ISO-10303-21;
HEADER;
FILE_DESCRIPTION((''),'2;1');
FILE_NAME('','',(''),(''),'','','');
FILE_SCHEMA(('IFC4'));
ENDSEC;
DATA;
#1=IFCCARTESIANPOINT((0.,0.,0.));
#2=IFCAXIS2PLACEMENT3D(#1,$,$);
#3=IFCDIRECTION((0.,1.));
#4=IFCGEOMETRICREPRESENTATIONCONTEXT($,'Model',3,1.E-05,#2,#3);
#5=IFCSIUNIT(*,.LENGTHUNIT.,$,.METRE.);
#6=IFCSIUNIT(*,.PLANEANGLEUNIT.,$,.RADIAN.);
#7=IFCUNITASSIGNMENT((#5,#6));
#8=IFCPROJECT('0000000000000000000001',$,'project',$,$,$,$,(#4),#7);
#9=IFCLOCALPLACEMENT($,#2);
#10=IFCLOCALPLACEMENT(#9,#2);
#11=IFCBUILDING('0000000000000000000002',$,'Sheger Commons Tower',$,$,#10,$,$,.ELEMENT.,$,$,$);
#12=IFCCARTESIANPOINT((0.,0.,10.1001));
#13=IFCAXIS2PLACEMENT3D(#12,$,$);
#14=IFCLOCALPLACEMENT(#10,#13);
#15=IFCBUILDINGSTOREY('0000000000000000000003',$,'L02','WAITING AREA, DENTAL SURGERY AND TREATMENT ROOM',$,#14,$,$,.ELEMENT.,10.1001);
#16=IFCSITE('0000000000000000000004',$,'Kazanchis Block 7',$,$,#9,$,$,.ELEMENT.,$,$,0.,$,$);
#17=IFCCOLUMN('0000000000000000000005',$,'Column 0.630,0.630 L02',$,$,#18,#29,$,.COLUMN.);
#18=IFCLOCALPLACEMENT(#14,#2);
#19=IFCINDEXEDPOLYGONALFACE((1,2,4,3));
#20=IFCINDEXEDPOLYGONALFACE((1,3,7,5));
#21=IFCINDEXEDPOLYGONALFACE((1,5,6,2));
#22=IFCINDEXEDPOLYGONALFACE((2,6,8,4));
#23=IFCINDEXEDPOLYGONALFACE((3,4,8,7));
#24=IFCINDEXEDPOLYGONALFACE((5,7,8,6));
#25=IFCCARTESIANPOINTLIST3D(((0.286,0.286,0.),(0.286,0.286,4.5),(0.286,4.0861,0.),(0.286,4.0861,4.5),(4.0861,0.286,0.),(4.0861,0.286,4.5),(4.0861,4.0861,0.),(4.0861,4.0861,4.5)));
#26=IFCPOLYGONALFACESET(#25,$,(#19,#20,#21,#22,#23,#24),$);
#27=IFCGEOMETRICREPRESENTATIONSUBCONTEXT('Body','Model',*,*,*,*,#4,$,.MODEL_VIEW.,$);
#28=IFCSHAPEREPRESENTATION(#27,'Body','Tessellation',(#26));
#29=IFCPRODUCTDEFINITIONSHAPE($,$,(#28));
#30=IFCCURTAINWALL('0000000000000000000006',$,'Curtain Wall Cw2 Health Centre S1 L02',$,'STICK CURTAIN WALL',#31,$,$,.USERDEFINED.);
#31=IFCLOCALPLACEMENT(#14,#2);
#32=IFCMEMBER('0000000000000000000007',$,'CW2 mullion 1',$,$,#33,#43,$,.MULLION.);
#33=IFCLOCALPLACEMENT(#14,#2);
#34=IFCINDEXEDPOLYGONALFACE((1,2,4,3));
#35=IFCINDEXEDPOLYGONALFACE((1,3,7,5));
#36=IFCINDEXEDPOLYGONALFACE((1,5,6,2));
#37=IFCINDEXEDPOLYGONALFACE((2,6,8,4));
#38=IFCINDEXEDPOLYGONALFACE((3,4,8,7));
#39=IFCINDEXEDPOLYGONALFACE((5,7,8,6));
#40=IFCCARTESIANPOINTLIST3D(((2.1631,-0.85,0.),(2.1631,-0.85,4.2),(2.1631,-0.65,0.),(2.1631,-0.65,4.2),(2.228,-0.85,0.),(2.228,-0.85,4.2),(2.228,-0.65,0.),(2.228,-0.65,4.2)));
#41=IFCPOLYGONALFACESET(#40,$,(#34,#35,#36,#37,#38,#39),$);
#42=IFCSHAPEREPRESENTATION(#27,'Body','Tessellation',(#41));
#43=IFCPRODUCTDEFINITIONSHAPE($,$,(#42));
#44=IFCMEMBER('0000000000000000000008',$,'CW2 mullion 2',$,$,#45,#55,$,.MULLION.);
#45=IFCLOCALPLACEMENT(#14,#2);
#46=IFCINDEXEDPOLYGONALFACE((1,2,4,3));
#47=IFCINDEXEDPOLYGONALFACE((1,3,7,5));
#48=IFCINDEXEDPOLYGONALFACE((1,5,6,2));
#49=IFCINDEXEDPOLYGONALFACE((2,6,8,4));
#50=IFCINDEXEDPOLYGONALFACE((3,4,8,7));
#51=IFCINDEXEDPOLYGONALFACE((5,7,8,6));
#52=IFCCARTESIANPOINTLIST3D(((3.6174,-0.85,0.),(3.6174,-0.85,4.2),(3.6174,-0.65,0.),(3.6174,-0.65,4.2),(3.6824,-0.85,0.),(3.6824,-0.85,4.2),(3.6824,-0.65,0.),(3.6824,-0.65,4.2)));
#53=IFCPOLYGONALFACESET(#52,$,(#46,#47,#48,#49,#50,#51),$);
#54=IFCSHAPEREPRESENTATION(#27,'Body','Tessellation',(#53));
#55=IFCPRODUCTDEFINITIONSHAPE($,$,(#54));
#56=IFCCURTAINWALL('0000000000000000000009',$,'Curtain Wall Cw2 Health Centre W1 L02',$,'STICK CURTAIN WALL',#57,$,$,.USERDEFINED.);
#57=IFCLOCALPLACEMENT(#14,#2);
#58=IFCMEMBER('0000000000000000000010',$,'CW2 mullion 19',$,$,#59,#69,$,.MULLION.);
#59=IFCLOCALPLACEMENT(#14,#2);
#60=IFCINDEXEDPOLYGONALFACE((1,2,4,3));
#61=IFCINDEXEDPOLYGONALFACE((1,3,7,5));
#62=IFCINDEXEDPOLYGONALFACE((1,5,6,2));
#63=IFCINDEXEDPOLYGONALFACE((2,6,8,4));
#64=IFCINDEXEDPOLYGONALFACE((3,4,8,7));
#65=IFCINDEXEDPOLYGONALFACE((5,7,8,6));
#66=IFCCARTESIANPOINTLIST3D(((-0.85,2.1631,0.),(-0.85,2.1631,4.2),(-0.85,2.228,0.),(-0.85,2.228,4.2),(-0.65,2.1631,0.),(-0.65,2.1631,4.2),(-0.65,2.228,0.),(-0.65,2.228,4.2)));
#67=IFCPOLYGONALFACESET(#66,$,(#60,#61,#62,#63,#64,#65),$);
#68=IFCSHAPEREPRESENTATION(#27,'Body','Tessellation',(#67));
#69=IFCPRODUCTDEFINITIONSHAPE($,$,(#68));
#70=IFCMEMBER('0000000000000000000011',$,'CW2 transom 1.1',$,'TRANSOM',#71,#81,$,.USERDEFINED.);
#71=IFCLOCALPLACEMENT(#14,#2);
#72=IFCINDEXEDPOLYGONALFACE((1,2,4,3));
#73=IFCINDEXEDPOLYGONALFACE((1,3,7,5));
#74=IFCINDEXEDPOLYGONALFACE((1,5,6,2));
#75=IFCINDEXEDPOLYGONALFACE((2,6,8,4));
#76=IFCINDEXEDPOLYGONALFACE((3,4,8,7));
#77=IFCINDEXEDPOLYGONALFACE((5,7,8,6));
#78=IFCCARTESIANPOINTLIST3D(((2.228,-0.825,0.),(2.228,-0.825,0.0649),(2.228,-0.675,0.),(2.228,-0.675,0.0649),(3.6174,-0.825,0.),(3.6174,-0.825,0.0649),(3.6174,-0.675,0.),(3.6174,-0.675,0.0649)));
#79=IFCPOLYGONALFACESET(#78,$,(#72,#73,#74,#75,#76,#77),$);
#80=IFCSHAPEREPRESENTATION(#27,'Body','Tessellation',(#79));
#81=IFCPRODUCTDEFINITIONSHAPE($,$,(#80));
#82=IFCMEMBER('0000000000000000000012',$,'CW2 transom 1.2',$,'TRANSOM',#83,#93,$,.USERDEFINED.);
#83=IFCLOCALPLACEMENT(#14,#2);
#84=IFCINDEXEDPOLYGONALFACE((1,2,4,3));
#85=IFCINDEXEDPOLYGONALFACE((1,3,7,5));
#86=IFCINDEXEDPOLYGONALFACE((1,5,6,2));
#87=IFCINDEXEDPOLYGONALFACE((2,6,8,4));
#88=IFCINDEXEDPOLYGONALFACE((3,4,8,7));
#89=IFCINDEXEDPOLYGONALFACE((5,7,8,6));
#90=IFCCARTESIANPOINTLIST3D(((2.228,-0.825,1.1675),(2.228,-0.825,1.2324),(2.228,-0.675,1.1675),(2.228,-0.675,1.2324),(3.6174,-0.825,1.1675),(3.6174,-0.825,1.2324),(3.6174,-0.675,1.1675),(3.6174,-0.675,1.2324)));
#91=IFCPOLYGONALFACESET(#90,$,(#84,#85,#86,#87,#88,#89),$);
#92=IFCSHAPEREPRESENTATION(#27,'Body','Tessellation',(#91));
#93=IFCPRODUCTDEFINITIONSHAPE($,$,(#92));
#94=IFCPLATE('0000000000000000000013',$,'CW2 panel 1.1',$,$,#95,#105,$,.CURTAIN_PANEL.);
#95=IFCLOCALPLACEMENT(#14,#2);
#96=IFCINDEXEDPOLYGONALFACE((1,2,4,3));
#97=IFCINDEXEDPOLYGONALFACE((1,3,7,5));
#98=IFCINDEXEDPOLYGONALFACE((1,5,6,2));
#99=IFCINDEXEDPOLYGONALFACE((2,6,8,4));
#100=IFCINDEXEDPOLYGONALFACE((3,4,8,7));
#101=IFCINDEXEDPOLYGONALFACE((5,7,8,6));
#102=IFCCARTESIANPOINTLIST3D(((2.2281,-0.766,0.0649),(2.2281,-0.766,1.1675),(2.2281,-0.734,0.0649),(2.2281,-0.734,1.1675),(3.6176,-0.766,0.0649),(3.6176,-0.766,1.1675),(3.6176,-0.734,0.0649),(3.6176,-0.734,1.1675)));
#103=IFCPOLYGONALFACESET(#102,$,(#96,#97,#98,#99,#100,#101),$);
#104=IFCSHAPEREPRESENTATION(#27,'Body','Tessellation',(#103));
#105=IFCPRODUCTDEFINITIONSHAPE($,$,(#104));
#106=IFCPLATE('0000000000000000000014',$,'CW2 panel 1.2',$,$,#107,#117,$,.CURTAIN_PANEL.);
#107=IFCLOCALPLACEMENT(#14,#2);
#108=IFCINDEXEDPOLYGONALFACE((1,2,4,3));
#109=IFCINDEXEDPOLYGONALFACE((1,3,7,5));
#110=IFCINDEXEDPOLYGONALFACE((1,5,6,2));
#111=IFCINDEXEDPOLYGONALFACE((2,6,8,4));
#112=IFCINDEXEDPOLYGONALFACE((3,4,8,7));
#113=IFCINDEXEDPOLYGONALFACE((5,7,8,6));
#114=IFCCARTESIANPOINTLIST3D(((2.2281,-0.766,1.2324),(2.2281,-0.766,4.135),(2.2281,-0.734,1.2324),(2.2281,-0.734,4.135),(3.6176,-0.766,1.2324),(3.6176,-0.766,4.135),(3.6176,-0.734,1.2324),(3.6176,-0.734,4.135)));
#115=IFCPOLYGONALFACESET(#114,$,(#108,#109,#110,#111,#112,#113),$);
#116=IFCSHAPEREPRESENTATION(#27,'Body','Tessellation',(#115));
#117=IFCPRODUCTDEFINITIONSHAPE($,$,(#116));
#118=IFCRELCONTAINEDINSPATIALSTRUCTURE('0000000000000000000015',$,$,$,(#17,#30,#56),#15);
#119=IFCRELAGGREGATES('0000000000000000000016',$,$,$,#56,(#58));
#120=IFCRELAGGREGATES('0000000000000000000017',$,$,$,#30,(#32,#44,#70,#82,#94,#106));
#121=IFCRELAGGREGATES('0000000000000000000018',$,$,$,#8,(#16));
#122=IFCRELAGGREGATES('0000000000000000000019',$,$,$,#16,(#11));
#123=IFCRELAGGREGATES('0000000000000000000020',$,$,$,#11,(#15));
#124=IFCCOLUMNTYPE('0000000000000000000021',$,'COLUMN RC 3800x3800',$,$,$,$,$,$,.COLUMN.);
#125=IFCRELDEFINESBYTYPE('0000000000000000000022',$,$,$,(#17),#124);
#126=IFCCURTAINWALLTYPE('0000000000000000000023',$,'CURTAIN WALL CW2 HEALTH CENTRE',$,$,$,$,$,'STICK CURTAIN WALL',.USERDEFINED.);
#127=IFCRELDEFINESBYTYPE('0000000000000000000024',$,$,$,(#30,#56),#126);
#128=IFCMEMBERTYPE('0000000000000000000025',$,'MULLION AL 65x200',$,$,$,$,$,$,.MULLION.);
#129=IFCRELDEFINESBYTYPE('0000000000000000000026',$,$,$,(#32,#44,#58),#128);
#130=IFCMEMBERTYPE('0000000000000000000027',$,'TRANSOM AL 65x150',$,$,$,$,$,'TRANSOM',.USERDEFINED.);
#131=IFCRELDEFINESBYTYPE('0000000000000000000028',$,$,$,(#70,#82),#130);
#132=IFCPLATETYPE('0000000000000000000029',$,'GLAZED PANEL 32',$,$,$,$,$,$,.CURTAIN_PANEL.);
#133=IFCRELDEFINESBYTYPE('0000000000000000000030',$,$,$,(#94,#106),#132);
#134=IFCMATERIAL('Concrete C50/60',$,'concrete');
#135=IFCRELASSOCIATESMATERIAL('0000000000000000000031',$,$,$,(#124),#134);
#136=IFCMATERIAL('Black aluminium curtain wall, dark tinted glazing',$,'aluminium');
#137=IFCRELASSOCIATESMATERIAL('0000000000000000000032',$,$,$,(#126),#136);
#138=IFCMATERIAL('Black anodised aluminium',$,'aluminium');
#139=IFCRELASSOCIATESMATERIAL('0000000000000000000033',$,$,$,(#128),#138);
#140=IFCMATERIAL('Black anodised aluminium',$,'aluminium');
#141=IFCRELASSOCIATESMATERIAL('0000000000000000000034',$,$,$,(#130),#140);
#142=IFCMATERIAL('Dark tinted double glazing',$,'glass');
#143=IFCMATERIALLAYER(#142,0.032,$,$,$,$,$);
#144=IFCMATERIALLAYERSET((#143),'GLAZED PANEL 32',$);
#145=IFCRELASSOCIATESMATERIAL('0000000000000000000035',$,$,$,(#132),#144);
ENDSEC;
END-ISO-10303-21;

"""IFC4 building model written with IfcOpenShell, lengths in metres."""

from ifc_helpers import new_model, si_unit, direction, frame, origin, origin_2d, place, context, subcontext, project, spatial, rectangle, extrude, material, layer, layer_set, material_profile, profile_set, type_object, element, aggregate, save


model = new_model("IFC4")

# Units and contexts
model_context = context("Model", 3, precision=1e-05, world=origin(), true_north=direction((0.0, 1.0)))
body_context = subcontext(model_context, "Body", "Model", "MODEL_VIEW")
ifc_project = project(units=[si_unit("LENGTHUNIT", "METRE"), si_unit("PLANEANGLEUNIT", "RADIAN")], contexts=[model_context])

# Site, building, storey
site_placement = place(None, origin())
site = spatial("IfcSite", under=ifc_project, at=site_placement, Name="Kazanchis Block 7", CompositionType="ELEMENT", RefElevation=0.0)
building_placement = place(site_placement, origin())
building = spatial("IfcBuilding", under=site, at=building_placement, Name="Sheger Commons Tower", CompositionType="ELEMENT")
storey_placement = place(building_placement, frame((0.0, 0.0, 10.1001)))
storey = spatial("IfcBuildingStorey", under=building, at=storey_placement, Name="L02", Description="WAITING AREA, DENTAL SURGERY AND TREATMENT ROOM", CompositionType="ELEMENT", Elevation=10.1001)

# Column
ifc_material_1 = material(Name="Concrete C50/60", Category="concrete")
ifc_material_profile_1 = material_profile(ifc_material_1, rectangle(XDim=3.8, YDim=3.8, at=origin_2d()), Name="RC 3800x3800")
ifc_profile_set_1 = profile_set([ifc_material_profile_1], Name="Concrete C50/60")
column_type = type_object("IfcColumnType", Name="COLUMN RC 3800x3800", PredefinedType="COLUMN", material=ifc_profile_set_1)
column_placement = place(storey_placement, frame((2.186, 2.186, 0.0), z_axis=(0.0, 0.0, 1.0), x_axis=(1.0, 0.0, 0.0)))
element("IfcColumn", 1, at=column_placement, inside=storey, type_object=column_type, Name="Column 0.630,0.630 L02", PredefinedType="COLUMN", context=body_context, shape_type="SweptSolid", body=[
    extrude(rectangle(XDim=3.8, YDim=3.8, at=origin_2d()), origin(), (0.0, 0.0, 1.0), 4.5),
])

# Curtain wall, members
ifc_material_2 = material(Name="Black aluminium curtain wall, dark tinted glazing", Category="aluminium")
curtain_wall_type = type_object("IfcCurtainWallType", Name="CURTAIN WALL CW2 HEALTH CENTRE", ElementType="STICK CURTAIN WALL", PredefinedType="USERDEFINED", material=ifc_material_2)
curtain_wall_1_placement = place(storey_placement, origin())
curtain_wall_1 = element("IfcCurtainWall", 2, at=curtain_wall_1_placement, inside=storey, type_object=curtain_wall_type, Name="Curtain Wall Cw2 Health Centre S1 L02", ObjectType="STICK CURTAIN WALL", PredefinedType="USERDEFINED")
ifc_material_3 = material(Name="Black anodised aluminium", Category="aluminium")
ifc_material_profile_2 = material_profile(ifc_material_3, rectangle(XDim=0.2, YDim=0.0649, at=origin_2d()), Name="AL 65x200")
ifc_profile_set_2 = profile_set([ifc_material_profile_2], Name="Black anodised aluminium")
member_type_1 = type_object("IfcMemberType", Name="MULLION AL 65x200", PredefinedType="MULLION", material=ifc_profile_set_2)
member_1_placement = place(storey_placement, frame((2.1956, -0.75, 0.0), z_axis=(0.0, 0.0, 1.0), x_axis=(0.0, 1.0, 0.0)))
member_1 = element("IfcMember", 3, at=member_1_placement, type_object=member_type_1, Name="CW2 mullion 1", PredefinedType="MULLION", context=body_context, shape_type="SweptSolid", body=[
    extrude(rectangle(XDim=0.2, YDim=0.0649, at=origin_2d()), origin(), (0.0, 0.0, 1.0), 4.2),
])
member_2_placement = place(storey_placement, frame((3.6499, -0.75, 0.0), z_axis=(0.0, 0.0, 1.0), x_axis=(0.0, 1.0, 0.0)))
member_2 = element("IfcMember", 4, at=member_2_placement, type_object=member_type_1, Name="CW2 mullion 2", PredefinedType="MULLION", context=body_context, shape_type="SweptSolid", body=[
    extrude(rectangle(XDim=0.2, YDim=0.0649, at=origin_2d()), origin(), (0.0, 0.0, 1.0), 4.2),
])

# Curtain wall, member
curtain_wall_2_placement = place(storey_placement, origin())
curtain_wall_2 = element("IfcCurtainWall", 5, at=curtain_wall_2_placement, inside=storey, type_object=curtain_wall_type, Name="Curtain Wall Cw2 Health Centre W1 L02", ObjectType="STICK CURTAIN WALL", PredefinedType="USERDEFINED")
member_3_placement = place(storey_placement, frame((-0.75, 2.1956, 0.0), z_axis=(0.0, 0.0, 1.0), x_axis=(1.0, 0.0, 0.0)))
member_3 = element("IfcMember", 6, at=member_3_placement, type_object=member_type_1, Name="CW2 mullion 19", PredefinedType="MULLION", context=body_context, shape_type="SweptSolid", body=[
    extrude(rectangle(XDim=0.2, YDim=0.0649, at=origin_2d()), origin(), (0.0, 0.0, 1.0), 4.2),
])
aggregate(curtain_wall_2, [member_3])

# Members
ifc_material_4 = material(Name="Black anodised aluminium", Category="aluminium")
ifc_material_profile_3 = material_profile(ifc_material_4, rectangle(XDim=0.1499, YDim=0.0649, at=origin_2d()), Name="AL 65x150")
ifc_profile_set_3 = profile_set([ifc_material_profile_3], Name="Black anodised aluminium")
member_type_2 = type_object("IfcMemberType", Name="TRANSOM AL 65x150", ElementType="TRANSOM", PredefinedType="USERDEFINED", material=ifc_profile_set_3)
member_4_placement = place(storey_placement, frame((2.228, -0.75, 0.0325), z_axis=(1.0, 0.0, 0.0), x_axis=(0.0, 1.0, 0.0)))
member_4 = element("IfcMember", 7, at=member_4_placement, type_object=member_type_2, Name="CW2 transom 1.1", ObjectType="TRANSOM", PredefinedType="USERDEFINED", context=body_context, shape_type="SweptSolid", body=[
    extrude(rectangle(XDim=0.1499, YDim=0.0649, at=origin_2d()), origin(), (0.0, 0.0, 1.0), 1.3894),
])
member_5_placement = place(storey_placement, frame((2.228, -0.75, 1.2), z_axis=(1.0, 0.0, 0.0), x_axis=(0.0, 1.0, 0.0)))
member_5 = element("IfcMember", 8, at=member_5_placement, type_object=member_type_2, Name="CW2 transom 1.2", ObjectType="TRANSOM", PredefinedType="USERDEFINED", context=body_context, shape_type="SweptSolid", body=[
    extrude(rectangle(XDim=0.1499, YDim=0.0649, at=origin_2d()), origin(), (0.0, 0.0, 1.0), 1.3894),
])

# Plates
ifc_material_5 = material(Name="Dark tinted double glazing", Category="glass")
ifc_layer_1 = layer(ifc_material_5, 0.032)
ifc_layer_set_1 = layer_set([ifc_layer_1], Name="GLAZED PANEL 32")
plate_type = type_object("IfcPlateType", Name="GLAZED PANEL 32", PredefinedType="CURTAIN_PANEL", material=ifc_layer_set_1)
plate_1_placement = place(storey_placement, frame((2.9229, -0.75, 0.0649), z_axis=(0.0, 0.0, 1.0), x_axis=(1.0, 0.0, 0.0)))
plate_1 = element("IfcPlate", 9, at=plate_1_placement, type_object=plate_type, Name="CW2 panel 1.1", PredefinedType="CURTAIN_PANEL", context=body_context, shape_type="SweptSolid", body=[
    extrude(rectangle(XDim=1.3894, YDim=0.032, at=origin_2d()), origin(), (0.0, 0.0, 1.0), 1.1025),
])
plate_2_placement = place(storey_placement, frame((2.9229, -0.75, 1.2324), z_axis=(0.0, 0.0, 1.0), x_axis=(1.0, 0.0, 0.0)))
plate_2 = element("IfcPlate", 10, at=plate_2_placement, type_object=plate_type, Name="CW2 panel 1.2", PredefinedType="CURTAIN_PANEL", context=body_context, shape_type="SweptSolid", body=[
    extrude(rectangle(XDim=1.3894, YDim=0.032, at=origin_2d()), origin(), (0.0, 0.0, 1.0), 2.9026),
])
aggregate(curtain_wall_1, [member_1, member_2, member_4, member_5, plate_1, plate_2])

save(model, "model.ifc")
